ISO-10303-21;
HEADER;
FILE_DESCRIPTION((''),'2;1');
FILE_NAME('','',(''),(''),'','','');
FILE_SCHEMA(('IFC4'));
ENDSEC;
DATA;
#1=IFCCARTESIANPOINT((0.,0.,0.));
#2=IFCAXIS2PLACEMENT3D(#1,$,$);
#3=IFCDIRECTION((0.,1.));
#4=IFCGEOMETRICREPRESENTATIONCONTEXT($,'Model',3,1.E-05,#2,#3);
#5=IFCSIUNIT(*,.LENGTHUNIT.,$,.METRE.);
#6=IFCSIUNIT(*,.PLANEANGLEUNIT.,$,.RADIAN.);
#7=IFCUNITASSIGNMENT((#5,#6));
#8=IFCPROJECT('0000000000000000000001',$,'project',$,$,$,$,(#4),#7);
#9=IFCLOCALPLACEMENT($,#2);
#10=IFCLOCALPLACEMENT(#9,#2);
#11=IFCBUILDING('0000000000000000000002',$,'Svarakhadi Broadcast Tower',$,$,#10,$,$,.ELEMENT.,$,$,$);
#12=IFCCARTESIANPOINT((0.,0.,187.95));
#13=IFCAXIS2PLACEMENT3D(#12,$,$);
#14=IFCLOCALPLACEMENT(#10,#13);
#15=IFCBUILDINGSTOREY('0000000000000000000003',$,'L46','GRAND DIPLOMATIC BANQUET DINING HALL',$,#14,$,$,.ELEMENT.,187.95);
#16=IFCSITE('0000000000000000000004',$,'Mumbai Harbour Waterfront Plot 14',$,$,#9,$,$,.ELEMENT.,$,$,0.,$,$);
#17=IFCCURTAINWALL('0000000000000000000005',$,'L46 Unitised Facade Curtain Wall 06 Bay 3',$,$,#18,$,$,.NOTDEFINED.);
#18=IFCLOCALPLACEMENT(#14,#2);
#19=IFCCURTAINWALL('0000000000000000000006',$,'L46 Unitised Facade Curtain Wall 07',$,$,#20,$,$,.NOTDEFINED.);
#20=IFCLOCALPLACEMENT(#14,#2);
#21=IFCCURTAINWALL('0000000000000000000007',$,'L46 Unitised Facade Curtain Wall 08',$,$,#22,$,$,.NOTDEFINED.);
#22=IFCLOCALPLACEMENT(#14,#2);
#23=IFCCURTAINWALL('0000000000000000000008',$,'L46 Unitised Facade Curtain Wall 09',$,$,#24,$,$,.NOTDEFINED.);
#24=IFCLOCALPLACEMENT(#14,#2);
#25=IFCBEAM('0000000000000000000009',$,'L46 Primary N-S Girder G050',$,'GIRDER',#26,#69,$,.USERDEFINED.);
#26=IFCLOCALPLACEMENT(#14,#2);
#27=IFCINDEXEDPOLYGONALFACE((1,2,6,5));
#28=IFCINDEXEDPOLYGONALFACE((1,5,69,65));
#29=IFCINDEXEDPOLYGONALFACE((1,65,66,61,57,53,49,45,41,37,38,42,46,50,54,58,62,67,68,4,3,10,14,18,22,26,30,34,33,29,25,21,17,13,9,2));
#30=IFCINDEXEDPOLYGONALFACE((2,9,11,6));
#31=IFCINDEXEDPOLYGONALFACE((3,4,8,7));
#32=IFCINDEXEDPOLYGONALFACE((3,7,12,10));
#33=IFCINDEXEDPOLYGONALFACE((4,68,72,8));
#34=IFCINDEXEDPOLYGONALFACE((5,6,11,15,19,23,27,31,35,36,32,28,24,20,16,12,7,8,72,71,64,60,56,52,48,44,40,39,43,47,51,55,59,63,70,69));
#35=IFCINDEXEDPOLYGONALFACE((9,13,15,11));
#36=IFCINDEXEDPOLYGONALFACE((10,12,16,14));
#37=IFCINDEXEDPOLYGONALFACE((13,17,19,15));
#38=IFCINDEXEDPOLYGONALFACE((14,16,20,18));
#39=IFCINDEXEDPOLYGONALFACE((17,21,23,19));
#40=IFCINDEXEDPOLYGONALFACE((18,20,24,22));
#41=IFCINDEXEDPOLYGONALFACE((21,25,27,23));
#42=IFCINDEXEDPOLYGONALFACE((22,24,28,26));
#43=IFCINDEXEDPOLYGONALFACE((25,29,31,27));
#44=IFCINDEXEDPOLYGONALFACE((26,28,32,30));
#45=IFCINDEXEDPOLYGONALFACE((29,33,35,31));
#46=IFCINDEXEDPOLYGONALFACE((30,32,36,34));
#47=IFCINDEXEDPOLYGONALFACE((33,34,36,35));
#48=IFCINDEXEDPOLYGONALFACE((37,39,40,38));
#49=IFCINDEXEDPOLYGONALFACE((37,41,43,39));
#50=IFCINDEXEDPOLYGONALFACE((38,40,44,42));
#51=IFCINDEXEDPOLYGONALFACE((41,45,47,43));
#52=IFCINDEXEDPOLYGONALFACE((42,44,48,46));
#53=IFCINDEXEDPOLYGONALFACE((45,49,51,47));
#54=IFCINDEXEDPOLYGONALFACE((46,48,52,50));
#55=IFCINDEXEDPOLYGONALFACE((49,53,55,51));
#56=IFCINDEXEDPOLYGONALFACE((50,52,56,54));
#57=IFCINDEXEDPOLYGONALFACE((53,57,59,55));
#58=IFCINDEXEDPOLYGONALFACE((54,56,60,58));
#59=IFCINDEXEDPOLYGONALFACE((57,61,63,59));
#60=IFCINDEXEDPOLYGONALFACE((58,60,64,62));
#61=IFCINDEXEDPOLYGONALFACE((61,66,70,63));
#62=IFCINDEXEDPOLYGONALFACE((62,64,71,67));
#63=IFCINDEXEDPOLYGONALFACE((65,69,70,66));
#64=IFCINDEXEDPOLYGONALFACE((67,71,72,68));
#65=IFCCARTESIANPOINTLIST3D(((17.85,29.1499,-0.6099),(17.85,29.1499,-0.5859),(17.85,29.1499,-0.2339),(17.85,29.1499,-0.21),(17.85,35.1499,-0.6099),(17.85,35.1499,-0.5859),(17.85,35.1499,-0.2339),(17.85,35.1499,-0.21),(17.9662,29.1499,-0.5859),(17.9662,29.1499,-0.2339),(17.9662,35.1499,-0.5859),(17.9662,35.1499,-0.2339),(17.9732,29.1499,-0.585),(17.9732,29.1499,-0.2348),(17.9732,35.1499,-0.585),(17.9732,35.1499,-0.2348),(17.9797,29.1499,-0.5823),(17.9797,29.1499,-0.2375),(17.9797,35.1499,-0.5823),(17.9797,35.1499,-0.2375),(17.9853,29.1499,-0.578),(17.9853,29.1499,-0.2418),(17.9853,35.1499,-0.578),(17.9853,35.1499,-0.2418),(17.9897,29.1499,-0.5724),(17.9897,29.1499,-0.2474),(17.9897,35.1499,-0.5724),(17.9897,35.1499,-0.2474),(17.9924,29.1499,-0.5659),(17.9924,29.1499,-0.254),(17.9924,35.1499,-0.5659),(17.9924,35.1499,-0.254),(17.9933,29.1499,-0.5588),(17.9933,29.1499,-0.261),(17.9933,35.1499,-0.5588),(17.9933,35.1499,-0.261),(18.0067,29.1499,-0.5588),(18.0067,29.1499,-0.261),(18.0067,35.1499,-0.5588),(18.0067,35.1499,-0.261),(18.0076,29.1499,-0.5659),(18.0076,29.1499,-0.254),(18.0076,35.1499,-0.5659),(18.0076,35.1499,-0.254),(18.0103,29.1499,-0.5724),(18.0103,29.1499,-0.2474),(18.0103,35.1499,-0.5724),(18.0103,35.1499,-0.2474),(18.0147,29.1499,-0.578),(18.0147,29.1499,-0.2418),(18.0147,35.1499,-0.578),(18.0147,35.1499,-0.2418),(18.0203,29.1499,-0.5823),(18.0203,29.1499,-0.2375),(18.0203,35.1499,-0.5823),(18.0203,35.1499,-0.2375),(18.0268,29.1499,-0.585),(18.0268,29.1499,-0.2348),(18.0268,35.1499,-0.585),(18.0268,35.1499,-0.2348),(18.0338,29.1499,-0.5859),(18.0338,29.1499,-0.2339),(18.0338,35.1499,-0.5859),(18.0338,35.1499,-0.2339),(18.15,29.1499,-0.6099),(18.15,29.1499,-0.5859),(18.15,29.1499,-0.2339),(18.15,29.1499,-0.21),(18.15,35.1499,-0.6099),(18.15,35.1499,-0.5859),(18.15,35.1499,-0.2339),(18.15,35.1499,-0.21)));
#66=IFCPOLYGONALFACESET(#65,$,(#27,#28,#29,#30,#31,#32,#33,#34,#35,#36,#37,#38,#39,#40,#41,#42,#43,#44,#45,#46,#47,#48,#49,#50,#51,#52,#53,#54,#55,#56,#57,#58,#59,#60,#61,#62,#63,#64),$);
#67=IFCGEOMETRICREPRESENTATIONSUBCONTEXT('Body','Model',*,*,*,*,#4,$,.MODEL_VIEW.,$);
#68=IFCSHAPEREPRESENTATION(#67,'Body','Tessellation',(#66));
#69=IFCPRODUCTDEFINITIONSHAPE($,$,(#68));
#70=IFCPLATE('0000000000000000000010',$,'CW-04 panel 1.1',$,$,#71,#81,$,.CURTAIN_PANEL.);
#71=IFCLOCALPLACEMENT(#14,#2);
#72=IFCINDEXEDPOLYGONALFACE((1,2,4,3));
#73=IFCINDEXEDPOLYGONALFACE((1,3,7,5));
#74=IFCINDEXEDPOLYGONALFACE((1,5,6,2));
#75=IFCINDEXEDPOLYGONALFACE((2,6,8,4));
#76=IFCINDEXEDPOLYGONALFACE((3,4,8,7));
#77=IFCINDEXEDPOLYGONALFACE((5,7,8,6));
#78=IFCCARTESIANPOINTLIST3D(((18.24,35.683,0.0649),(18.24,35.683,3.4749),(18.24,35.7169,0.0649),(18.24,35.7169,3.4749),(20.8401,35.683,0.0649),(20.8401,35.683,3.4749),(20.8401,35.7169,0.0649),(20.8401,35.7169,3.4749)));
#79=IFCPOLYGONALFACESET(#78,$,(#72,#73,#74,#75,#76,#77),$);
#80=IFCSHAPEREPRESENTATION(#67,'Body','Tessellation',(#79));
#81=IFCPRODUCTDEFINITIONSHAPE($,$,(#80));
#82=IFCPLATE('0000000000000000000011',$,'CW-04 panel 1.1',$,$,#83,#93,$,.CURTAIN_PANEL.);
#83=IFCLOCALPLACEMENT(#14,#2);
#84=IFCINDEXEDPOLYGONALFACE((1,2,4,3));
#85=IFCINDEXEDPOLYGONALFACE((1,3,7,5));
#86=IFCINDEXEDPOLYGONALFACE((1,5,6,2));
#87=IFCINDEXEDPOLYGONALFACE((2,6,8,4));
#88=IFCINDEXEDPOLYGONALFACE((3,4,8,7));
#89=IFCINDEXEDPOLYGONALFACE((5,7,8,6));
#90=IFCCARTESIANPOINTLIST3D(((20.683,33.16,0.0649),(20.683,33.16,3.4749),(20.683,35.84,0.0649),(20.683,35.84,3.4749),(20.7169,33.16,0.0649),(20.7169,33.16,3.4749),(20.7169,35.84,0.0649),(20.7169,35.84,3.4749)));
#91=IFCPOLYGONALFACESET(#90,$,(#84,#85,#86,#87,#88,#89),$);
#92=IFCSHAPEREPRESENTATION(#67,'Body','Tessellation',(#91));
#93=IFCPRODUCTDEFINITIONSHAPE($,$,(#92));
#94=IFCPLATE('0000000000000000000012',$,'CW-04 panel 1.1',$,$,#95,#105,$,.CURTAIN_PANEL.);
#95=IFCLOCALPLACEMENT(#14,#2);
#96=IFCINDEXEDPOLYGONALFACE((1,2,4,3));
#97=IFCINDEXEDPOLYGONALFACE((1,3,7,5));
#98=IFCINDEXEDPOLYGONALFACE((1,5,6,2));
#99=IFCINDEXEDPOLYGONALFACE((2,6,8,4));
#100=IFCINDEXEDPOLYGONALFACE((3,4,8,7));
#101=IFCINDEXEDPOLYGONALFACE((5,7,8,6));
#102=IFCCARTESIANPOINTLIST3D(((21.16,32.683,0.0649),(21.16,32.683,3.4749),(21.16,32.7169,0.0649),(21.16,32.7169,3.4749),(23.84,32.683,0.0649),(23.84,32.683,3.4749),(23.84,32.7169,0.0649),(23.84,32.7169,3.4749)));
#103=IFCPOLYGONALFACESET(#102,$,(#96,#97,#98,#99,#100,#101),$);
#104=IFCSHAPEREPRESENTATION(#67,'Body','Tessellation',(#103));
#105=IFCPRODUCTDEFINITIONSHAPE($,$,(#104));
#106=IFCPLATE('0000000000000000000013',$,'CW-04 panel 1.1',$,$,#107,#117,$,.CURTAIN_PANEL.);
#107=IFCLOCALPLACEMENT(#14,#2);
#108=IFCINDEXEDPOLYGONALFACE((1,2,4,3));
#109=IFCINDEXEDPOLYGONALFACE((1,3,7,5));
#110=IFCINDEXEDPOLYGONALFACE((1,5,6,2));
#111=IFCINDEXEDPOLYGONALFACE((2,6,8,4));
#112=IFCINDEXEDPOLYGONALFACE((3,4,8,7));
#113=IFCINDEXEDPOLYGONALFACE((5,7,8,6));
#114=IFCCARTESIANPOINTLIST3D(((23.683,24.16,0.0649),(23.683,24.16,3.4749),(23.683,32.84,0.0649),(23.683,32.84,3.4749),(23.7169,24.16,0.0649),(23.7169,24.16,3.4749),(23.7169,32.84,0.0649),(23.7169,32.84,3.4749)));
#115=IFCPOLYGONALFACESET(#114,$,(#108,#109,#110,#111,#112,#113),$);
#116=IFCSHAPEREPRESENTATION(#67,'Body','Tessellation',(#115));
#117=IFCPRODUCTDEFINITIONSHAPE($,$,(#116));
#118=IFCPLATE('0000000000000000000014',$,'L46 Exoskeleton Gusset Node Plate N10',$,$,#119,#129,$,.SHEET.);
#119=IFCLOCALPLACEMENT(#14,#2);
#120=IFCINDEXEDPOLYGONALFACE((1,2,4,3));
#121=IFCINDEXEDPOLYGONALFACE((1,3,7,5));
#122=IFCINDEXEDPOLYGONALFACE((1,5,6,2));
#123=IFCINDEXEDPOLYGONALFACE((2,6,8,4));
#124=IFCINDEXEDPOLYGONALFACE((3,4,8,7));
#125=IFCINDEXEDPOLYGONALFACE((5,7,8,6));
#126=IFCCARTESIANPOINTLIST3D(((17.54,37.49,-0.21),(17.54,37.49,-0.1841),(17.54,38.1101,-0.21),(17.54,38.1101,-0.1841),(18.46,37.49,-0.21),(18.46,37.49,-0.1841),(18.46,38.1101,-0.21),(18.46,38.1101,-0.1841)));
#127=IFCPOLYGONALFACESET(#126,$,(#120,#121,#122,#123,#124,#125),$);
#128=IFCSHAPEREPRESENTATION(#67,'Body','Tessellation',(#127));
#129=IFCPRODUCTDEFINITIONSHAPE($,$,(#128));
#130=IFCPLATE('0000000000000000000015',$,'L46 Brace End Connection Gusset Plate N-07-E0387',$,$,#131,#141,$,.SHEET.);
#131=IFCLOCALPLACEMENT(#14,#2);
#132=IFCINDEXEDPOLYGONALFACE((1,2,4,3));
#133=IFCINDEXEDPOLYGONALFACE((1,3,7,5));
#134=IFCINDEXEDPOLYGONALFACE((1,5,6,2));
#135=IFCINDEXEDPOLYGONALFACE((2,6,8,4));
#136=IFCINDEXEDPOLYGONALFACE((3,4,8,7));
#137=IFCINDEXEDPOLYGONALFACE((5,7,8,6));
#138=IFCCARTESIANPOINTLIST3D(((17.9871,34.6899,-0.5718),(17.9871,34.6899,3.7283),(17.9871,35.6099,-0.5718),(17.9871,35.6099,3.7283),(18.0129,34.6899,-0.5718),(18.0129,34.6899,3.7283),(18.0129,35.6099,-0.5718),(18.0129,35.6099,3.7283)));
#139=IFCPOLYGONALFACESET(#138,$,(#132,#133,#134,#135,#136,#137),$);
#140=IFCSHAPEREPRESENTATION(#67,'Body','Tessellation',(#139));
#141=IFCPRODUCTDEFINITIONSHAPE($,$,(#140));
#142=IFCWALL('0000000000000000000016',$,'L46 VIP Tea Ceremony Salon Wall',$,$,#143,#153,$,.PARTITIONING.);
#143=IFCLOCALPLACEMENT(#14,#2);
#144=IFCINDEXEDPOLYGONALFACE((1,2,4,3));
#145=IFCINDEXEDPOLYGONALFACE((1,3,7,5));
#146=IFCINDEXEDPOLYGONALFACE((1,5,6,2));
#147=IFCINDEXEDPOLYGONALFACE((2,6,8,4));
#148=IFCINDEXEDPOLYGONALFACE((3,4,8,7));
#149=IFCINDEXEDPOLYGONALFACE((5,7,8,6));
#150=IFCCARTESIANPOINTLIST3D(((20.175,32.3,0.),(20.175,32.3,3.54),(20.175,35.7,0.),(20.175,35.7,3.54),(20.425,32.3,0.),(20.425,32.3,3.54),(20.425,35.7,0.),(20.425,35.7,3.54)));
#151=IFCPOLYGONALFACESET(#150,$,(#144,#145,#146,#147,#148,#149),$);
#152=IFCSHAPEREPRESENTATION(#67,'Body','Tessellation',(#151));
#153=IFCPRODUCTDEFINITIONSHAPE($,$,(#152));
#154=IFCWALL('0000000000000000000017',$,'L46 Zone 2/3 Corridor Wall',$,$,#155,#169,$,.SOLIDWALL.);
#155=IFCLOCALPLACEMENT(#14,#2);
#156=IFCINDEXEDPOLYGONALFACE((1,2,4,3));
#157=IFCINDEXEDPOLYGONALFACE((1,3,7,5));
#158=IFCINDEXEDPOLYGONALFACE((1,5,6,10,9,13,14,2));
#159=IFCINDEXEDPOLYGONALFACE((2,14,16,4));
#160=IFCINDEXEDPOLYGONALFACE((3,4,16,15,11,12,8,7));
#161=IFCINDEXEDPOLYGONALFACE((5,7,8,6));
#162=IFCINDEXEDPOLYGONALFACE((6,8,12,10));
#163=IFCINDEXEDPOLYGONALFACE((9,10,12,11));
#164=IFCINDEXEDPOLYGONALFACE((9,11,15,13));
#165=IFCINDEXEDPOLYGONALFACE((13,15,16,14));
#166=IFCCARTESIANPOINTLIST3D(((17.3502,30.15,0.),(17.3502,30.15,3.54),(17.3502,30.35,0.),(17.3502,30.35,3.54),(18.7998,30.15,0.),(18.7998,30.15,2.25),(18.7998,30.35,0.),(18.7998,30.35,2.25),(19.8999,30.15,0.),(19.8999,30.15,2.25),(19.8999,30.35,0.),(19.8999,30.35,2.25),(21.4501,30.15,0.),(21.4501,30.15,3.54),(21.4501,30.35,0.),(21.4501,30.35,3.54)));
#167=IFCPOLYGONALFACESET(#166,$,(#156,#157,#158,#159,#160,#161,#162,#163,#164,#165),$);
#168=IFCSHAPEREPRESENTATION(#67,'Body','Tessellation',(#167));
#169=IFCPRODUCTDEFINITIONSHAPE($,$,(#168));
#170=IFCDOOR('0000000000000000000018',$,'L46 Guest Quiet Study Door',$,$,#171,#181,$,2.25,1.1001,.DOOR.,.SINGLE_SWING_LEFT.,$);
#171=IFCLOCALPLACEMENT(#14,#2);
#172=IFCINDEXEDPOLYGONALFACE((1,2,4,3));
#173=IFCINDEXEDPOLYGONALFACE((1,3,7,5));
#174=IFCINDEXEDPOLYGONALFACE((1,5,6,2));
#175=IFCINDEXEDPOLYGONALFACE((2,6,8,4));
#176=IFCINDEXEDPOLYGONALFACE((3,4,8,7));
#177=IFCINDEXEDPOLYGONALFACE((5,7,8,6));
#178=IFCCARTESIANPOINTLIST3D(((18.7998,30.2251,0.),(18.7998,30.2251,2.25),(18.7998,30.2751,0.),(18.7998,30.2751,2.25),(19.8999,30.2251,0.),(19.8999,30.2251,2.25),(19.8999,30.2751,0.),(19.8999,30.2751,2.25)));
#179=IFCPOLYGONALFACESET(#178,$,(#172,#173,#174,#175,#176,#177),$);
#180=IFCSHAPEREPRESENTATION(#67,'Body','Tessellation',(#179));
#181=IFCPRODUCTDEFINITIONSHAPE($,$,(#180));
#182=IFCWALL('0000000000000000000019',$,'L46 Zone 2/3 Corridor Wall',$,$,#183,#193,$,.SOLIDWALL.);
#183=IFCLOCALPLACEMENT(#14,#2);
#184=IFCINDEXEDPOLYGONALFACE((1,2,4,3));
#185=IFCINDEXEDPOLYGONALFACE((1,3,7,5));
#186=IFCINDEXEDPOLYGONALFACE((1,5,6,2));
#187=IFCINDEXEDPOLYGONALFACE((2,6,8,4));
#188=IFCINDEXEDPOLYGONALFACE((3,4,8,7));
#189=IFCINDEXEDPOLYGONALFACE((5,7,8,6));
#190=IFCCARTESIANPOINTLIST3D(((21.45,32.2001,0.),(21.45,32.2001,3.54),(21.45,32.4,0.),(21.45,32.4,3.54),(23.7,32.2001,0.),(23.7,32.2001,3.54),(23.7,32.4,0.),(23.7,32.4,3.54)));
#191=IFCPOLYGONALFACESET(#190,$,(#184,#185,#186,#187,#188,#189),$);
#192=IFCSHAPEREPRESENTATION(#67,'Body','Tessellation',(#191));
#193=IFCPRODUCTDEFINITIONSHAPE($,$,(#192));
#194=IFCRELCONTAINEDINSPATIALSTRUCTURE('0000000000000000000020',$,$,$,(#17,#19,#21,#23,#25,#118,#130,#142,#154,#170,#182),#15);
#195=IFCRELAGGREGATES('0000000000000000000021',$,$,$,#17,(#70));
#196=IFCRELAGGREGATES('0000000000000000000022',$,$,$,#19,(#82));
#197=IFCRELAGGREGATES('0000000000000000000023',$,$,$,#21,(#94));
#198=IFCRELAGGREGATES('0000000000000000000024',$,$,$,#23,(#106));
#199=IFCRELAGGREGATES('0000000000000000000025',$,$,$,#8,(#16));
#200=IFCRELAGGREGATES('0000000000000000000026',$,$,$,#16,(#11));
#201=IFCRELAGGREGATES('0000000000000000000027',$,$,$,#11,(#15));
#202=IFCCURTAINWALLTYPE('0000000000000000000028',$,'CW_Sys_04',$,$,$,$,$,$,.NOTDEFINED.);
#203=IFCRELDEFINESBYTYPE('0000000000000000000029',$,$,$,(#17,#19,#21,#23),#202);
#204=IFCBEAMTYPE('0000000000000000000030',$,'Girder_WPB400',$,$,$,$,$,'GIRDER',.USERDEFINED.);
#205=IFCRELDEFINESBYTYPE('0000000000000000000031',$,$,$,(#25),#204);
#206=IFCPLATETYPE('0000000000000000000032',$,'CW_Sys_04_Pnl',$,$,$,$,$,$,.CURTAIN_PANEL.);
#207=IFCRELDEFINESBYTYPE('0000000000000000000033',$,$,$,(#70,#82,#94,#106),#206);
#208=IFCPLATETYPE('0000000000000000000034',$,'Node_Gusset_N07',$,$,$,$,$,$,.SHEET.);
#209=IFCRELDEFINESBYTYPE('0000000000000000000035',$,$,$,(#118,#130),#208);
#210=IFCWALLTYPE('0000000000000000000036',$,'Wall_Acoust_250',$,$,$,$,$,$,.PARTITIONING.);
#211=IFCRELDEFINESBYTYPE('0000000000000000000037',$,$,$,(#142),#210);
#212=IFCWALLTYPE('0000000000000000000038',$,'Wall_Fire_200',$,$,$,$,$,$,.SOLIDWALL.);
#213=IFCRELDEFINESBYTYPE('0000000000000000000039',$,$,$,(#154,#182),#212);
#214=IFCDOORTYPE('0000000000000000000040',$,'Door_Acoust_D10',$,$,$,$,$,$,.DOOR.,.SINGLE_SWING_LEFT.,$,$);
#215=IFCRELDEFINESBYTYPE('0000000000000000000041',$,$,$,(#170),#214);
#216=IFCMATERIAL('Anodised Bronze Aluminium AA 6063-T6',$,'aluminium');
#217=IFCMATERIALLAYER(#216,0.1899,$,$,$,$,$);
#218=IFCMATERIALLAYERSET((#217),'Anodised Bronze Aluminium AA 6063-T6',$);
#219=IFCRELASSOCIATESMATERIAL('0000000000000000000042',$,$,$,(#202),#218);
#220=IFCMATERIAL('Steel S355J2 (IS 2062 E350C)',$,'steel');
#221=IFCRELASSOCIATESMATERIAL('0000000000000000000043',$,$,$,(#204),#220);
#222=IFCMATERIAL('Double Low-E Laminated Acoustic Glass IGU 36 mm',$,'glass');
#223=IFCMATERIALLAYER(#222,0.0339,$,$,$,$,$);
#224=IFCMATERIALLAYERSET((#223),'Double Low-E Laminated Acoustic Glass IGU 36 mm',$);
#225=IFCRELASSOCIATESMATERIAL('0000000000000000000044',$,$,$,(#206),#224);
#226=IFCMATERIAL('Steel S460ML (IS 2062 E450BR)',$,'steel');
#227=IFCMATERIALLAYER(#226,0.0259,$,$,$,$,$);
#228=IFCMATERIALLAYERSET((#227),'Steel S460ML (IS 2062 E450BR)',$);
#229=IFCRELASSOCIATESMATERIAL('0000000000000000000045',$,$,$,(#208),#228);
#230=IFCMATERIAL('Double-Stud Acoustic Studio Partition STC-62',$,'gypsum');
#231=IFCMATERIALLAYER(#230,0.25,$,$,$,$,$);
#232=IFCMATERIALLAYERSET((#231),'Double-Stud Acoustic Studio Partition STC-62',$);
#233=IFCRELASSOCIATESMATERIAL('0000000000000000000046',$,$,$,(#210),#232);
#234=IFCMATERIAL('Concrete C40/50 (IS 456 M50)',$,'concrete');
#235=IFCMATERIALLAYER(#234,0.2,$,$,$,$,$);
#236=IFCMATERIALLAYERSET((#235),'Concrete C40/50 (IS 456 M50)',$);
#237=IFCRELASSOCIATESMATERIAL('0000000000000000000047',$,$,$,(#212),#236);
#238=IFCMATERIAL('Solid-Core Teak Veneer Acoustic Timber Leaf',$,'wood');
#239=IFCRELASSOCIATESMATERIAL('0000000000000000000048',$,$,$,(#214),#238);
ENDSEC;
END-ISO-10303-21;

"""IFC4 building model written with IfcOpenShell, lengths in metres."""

from ifc_helpers import new_model, si_unit, direction, frame, frame_2d, origin, origin_2d, place, context, subcontext, project, spatial, rectangle, i_section, extrude, material, layer, layer_set, material_profile, profile_set, type_object, element, fill, aggregate, save


model = new_model("IFC4")

# Units and contexts
model_context = context("Model", 3, precision=1e-05, world=origin(), true_north=direction((0.0, 1.0)))
body_context = subcontext(model_context, "Body", "Model", "MODEL_VIEW")
ifc_project = project(units=[si_unit("LENGTHUNIT", "METRE"), si_unit("PLANEANGLEUNIT", "RADIAN")], contexts=[model_context])

# Site, building, storey
site_placement = place(None, origin())
site = spatial("IfcSite", under=ifc_project, at=site_placement, Name="Mumbai Harbour Waterfront Plot 14", CompositionType="ELEMENT", RefElevation=0.0)
building_placement = place(site_placement, origin())
building = spatial("IfcBuilding", under=site, at=building_placement, Name="Svarakhadi Broadcast Tower", CompositionType="ELEMENT")
storey_placement = place(building_placement, frame((0.0, 0.0, 187.95)))
storey = spatial("IfcBuildingStorey", under=building, at=storey_placement, Name="L46", Description="GRAND DIPLOMATIC BANQUET DINING HALL", CompositionType="ELEMENT", Elevation=187.95)

# Curtain walls
ifc_material_1 = material(Name="Anodised Bronze Aluminium AA 6063-T6", Category="aluminium")
ifc_layer_1 = layer(ifc_material_1, 0.1899)
ifc_layer_set_1 = layer_set([ifc_layer_1], Name="Anodised Bronze Aluminium AA 6063-T6")
curtain_wall_type = type_object("IfcCurtainWallType", Name="CW_Sys_04", PredefinedType="NOTDEFINED", material=ifc_layer_set_1)
curtain_wall_1_placement = place(storey_placement, origin())
curtain_wall_1 = element("IfcCurtainWall", 1, at=curtain_wall_1_placement, inside=storey, type_object=curtain_wall_type, Name="L46 Unitised Facade Curtain Wall 06 Bay 3", PredefinedType="NOTDEFINED")
curtain_wall_2_placement = place(storey_placement, origin())
curtain_wall_2 = element("IfcCurtainWall", 2, at=curtain_wall_2_placement, inside=storey, type_object=curtain_wall_type, Name="L46 Unitised Facade Curtain Wall 07", PredefinedType="NOTDEFINED")

# Curtain walls
curtain_wall_3_placement = place(storey_placement, origin())
curtain_wall_3 = element("IfcCurtainWall", 3, at=curtain_wall_3_placement, inside=storey, type_object=curtain_wall_type, Name="L46 Unitised Facade Curtain Wall 08", PredefinedType="NOTDEFINED")
curtain_wall_4_placement = place(storey_placement, origin())
curtain_wall_4 = element("IfcCurtainWall", 4, at=curtain_wall_4_placement, inside=storey, type_object=curtain_wall_type, Name="L46 Unitised Facade Curtain Wall 09", PredefinedType="NOTDEFINED")

# Shared definitions
ifc_material_2 = material(Name="Steel S460ML (IS 2062 E450BR)", Category="steel")

# Beam
ifc_material_3 = material(Name="Steel S355J2 (IS 2062 E350C)", Category="steel")
ifc_material_profile_1 = material_profile(ifc_material_3, i_section(OverallWidth=0.3, OverallDepth=0.3999, WebThickness=0.0134, FlangeThickness=0.0239, FilletRadius=0.0271, at=origin_2d()), Name="WPB 400x300x155")
ifc_profile_set_1 = profile_set([ifc_material_profile_1], Name="Steel S355J2 (IS 2062 E350C)")
beam_type = type_object("IfcBeamType", Name="Girder_WPB400", ElementType="GIRDER", PredefinedType="USERDEFINED", material=ifc_profile_set_1)
beam_placement = place(storey_placement, frame((18.0, 29.1499, -0.4099), z_axis=(0.0, 1.0, 0.0), x_axis=(-1.0, 0.0, 0.0)))
element("IfcBeam", 5, at=beam_placement, inside=storey, type_object=beam_type, Name="L46 Primary N-S Girder G050", ObjectType="GIRDER", PredefinedType="USERDEFINED", context=body_context, shape_type="SweptSolid", body=[
    extrude(i_section(OverallWidth=0.3, OverallDepth=0.3999, WebThickness=0.0134, FlangeThickness=0.0239, FilletRadius=0.0271, at=origin_2d()), origin(), (0.0, 0.0, 1.0), 6.0),
])

# Plates
ifc_material_4 = material(Name="Double Low-E Laminated Acoustic Glass IGU 36 mm", Category="glass")
ifc_layer_2 = layer(ifc_material_4, 0.0339)
ifc_layer_set_2 = layer_set([ifc_layer_2], Name="Double Low-E Laminated Acoustic Glass IGU 36 mm")
plate_type_1 = type_object("IfcPlateType", Name="CW_Sys_04_Pnl", PredefinedType="CURTAIN_PANEL", material=ifc_layer_set_2)
plate_1_placement = place(storey_placement, frame((19.54, 35.7, 0.0649), z_axis=(0.0, 0.0, 1.0), x_axis=(1.0, 0.0, 0.0)))
plate_1 = element("IfcPlate", 6, at=plate_1_placement, type_object=plate_type_1, Name="CW-04 panel 1.1", PredefinedType="CURTAIN_PANEL", context=body_context, shape_type="SweptSolid", body=[
    extrude(rectangle(XDim=2.6001, YDim=0.0339, at=origin_2d()), origin(), (0.0, 0.0, 1.0), 3.4099),
])
aggregate(curtain_wall_1, [plate_1])
plate_2_placement = place(storey_placement, frame((20.7, 34.5, 0.0649), z_axis=(0.0, 0.0, 1.0), x_axis=(0.0, -1.0, 0.0)))
plate_2 = element("IfcPlate", 7, at=plate_2_placement, type_object=plate_type_1, Name="CW-04 panel 1.1", PredefinedType="CURTAIN_PANEL", context=body_context, shape_type="SweptSolid", body=[
    extrude(rectangle(XDim=2.6799, YDim=0.0339, at=origin_2d()), origin(), (0.0, 0.0, 1.0), 3.4099),
])
aggregate(curtain_wall_2, [plate_2])
plate_3_placement = place(storey_placement, frame((22.5, 32.7, 0.0649), z_axis=(0.0, 0.0, 1.0), x_axis=(1.0, 0.0, 0.0)))
plate_3 = element("IfcPlate", 8, at=plate_3_placement, type_object=plate_type_1, Name="CW-04 panel 1.1", PredefinedType="CURTAIN_PANEL", context=body_context, shape_type="SweptSolid", body=[
    extrude(rectangle(XDim=2.6799, YDim=0.0339, at=origin_2d()), origin(), (0.0, 0.0, 1.0), 3.4099),
])
aggregate(curtain_wall_3, [plate_3])
plate_4_placement = place(storey_placement, frame((23.7, 28.5, 0.0649), z_axis=(0.0, 0.0, 1.0), x_axis=(0.0, -1.0, 0.0)))
plate_4 = element("IfcPlate", 9, at=plate_4_placement, type_object=plate_type_1, Name="CW-04 panel 1.1", PredefinedType="CURTAIN_PANEL", context=body_context, shape_type="SweptSolid", body=[
    extrude(rectangle(XDim=8.6799, YDim=0.0339, at=origin_2d()), origin(), (0.0, 0.0, 1.0), 3.4099),
])
aggregate(curtain_wall_4, [plate_4])

# Plates
ifc_layer_3 = layer(ifc_material_2, 0.0259)
ifc_layer_set_3 = layer_set([ifc_layer_3], Name="Steel S460ML (IS 2062 E450BR)")
plate_type_2 = type_object("IfcPlateType", Name="Node_Gusset_N07", PredefinedType="SHEET", material=ifc_layer_set_3)
plate_5_placement = place(storey_placement, frame((18.0, 37.8, -0.21), z_axis=(0.0, 0.0, 1.0), x_axis=(1.0, 0.0, 0.0)))
element("IfcPlate", 10, at=plate_5_placement, inside=storey, type_object=plate_type_2, Name="L46 Exoskeleton Gusset Node Plate N10", PredefinedType="SHEET", context=body_context, shape_type="SweptSolid", body=[
    extrude(rectangle(XDim=0.9199, YDim=0.6201, at=origin_2d()), origin(), (0.0, 0.0, 1.0), 0.0259),
])
plate_6_placement = place(storey_placement, frame((18.0, 35.1499, -0.5718), z_axis=(0.0, 0.0, 1.0), x_axis=(0.0, 1.0, 0.0)))
element("IfcPlate", 11, at=plate_6_placement, inside=storey, type_object=plate_type_2, Name="L46 Brace End Connection Gusset Plate N-07-E0387", PredefinedType="SHEET", context=body_context, shape_type="SweptSolid", body=[
    extrude(rectangle(XDim=0.9199, YDim=0.0259, at=origin_2d()), origin(), (0.0, 0.0, 1.0), 4.3),
])

# Wall
ifc_material_5 = material(Name="Double-Stud Acoustic Studio Partition STC-62", Category="gypsum")
ifc_layer_4 = layer(ifc_material_5, 0.25)
ifc_layer_set_4 = layer_set([ifc_layer_4], Name="Double-Stud Acoustic Studio Partition STC-62")
wall_type_1 = type_object("IfcWallType", Name="Wall_Acoust_250", PredefinedType="PARTITIONING", material=ifc_layer_set_4)
wall_1_placement = place(storey_placement, frame((20.3, 32.3, 0.0), z_axis=(0.0, 0.0, 1.0), x_axis=(0.0, 1.0, 0.0)))
element("IfcWall", 12, at=wall_1_placement, inside=storey, type_object=wall_type_1, Name="L46 VIP Tea Ceremony Salon Wall", PredefinedType="PARTITIONING", context=body_context, shape_type="SweptSolid", body=[
    extrude(rectangle(XDim=3.3999, YDim=0.25, at=frame_2d((1.7, 0.0))), origin(), (0.0, 0.0, 1.0), 3.54),
])

# Wall, opening, door
ifc_material_6 = material(Name="Concrete C40/50 (IS 456 M50)", Category="concrete")
ifc_layer_5 = layer(ifc_material_6, 0.2)
ifc_layer_set_5 = layer_set([ifc_layer_5], Name="Concrete C40/50 (IS 456 M50)")
wall_type_2 = type_object("IfcWallType", Name="Wall_Fire_200", PredefinedType="SOLIDWALL", material=ifc_layer_set_5)
wall_2_placement = place(storey_placement, frame((21.45, 30.25, 0.0), z_axis=(0.0, 0.0, 1.0), x_axis=(-1.0, 0.0, 0.0)))
wall_2 = element("IfcWall", 13, at=wall_2_placement, inside=storey, type_object=wall_type_2, Name="L46 Zone 2/3 Corridor Wall", PredefinedType="SOLIDWALL", context=body_context, shape_type="SweptSolid", body=[
    extrude(rectangle(XDim=4.0999, YDim=0.2, at=frame_2d((2.0498, 0.0))), origin(), (0.0, 0.0, 1.0), 3.54),
])
opening_placement = place(wall_2_placement, frame((1.55, 0.0, 0.0)))
opening = element("IfcOpeningElement", 14, at=opening_placement, cuts=wall_2, PredefinedType="OPENING", context=body_context, shape_type="SweptSolid", body=[
    extrude(rectangle(XDim=1.1001, YDim=2.25, at=frame_2d((0.55, 1.125))), frame((0.0, 0.1099, 0.0), z_axis=(0.0, -1.0, 0.0), x_axis=(1.0, 0.0, 0.0)), (0.0, 0.0, 1.0), 0.22),
])
ifc_material_7 = material(Name="Solid-Core Teak Veneer Acoustic Timber Leaf", Category="wood")
door_type = type_object("IfcDoorType", Name="Door_Acoust_D10", OperationType="SINGLE_SWING_LEFT", PredefinedType="DOOR", material=ifc_material_7)
door_placement = place(opening_placement, origin())
door = element("IfcDoor", 15, at=door_placement, inside=storey, type_object=door_type, Name="L46 Guest Quiet Study Door", OperationType="SINGLE_SWING_LEFT", OverallHeight=2.25, OverallWidth=1.1001, PredefinedType="DOOR", context=body_context, shape_type="SweptSolid", body=[
    extrude(rectangle(XDim=1.1001, YDim=2.25, at=frame_2d((0.55, 1.125))), frame((0.0, 0.0249, 0.0), z_axis=(0.0, -1.0, 0.0), x_axis=(1.0, 0.0, 0.0)), (0.0, 0.0, 1.0), 0.05),
])
fill(opening, door)

# Wall
wall_3_placement = place(storey_placement, frame((21.45, 32.3, 0.0), z_axis=(0.0, 0.0, 1.0), x_axis=(1.0, 0.0, 0.0)))
element("IfcWall", 16, at=wall_3_placement, inside=storey, type_object=wall_type_2, Name="L46 Zone 2/3 Corridor Wall", PredefinedType="SOLIDWALL", context=body_context, shape_type="SweptSolid", body=[
    extrude(rectangle(XDim=2.25, YDim=0.2, at=frame_2d((1.125, 0.0))), origin(), (0.0, 0.0, 1.0), 3.54),
])

save(model, "model.ifc")
